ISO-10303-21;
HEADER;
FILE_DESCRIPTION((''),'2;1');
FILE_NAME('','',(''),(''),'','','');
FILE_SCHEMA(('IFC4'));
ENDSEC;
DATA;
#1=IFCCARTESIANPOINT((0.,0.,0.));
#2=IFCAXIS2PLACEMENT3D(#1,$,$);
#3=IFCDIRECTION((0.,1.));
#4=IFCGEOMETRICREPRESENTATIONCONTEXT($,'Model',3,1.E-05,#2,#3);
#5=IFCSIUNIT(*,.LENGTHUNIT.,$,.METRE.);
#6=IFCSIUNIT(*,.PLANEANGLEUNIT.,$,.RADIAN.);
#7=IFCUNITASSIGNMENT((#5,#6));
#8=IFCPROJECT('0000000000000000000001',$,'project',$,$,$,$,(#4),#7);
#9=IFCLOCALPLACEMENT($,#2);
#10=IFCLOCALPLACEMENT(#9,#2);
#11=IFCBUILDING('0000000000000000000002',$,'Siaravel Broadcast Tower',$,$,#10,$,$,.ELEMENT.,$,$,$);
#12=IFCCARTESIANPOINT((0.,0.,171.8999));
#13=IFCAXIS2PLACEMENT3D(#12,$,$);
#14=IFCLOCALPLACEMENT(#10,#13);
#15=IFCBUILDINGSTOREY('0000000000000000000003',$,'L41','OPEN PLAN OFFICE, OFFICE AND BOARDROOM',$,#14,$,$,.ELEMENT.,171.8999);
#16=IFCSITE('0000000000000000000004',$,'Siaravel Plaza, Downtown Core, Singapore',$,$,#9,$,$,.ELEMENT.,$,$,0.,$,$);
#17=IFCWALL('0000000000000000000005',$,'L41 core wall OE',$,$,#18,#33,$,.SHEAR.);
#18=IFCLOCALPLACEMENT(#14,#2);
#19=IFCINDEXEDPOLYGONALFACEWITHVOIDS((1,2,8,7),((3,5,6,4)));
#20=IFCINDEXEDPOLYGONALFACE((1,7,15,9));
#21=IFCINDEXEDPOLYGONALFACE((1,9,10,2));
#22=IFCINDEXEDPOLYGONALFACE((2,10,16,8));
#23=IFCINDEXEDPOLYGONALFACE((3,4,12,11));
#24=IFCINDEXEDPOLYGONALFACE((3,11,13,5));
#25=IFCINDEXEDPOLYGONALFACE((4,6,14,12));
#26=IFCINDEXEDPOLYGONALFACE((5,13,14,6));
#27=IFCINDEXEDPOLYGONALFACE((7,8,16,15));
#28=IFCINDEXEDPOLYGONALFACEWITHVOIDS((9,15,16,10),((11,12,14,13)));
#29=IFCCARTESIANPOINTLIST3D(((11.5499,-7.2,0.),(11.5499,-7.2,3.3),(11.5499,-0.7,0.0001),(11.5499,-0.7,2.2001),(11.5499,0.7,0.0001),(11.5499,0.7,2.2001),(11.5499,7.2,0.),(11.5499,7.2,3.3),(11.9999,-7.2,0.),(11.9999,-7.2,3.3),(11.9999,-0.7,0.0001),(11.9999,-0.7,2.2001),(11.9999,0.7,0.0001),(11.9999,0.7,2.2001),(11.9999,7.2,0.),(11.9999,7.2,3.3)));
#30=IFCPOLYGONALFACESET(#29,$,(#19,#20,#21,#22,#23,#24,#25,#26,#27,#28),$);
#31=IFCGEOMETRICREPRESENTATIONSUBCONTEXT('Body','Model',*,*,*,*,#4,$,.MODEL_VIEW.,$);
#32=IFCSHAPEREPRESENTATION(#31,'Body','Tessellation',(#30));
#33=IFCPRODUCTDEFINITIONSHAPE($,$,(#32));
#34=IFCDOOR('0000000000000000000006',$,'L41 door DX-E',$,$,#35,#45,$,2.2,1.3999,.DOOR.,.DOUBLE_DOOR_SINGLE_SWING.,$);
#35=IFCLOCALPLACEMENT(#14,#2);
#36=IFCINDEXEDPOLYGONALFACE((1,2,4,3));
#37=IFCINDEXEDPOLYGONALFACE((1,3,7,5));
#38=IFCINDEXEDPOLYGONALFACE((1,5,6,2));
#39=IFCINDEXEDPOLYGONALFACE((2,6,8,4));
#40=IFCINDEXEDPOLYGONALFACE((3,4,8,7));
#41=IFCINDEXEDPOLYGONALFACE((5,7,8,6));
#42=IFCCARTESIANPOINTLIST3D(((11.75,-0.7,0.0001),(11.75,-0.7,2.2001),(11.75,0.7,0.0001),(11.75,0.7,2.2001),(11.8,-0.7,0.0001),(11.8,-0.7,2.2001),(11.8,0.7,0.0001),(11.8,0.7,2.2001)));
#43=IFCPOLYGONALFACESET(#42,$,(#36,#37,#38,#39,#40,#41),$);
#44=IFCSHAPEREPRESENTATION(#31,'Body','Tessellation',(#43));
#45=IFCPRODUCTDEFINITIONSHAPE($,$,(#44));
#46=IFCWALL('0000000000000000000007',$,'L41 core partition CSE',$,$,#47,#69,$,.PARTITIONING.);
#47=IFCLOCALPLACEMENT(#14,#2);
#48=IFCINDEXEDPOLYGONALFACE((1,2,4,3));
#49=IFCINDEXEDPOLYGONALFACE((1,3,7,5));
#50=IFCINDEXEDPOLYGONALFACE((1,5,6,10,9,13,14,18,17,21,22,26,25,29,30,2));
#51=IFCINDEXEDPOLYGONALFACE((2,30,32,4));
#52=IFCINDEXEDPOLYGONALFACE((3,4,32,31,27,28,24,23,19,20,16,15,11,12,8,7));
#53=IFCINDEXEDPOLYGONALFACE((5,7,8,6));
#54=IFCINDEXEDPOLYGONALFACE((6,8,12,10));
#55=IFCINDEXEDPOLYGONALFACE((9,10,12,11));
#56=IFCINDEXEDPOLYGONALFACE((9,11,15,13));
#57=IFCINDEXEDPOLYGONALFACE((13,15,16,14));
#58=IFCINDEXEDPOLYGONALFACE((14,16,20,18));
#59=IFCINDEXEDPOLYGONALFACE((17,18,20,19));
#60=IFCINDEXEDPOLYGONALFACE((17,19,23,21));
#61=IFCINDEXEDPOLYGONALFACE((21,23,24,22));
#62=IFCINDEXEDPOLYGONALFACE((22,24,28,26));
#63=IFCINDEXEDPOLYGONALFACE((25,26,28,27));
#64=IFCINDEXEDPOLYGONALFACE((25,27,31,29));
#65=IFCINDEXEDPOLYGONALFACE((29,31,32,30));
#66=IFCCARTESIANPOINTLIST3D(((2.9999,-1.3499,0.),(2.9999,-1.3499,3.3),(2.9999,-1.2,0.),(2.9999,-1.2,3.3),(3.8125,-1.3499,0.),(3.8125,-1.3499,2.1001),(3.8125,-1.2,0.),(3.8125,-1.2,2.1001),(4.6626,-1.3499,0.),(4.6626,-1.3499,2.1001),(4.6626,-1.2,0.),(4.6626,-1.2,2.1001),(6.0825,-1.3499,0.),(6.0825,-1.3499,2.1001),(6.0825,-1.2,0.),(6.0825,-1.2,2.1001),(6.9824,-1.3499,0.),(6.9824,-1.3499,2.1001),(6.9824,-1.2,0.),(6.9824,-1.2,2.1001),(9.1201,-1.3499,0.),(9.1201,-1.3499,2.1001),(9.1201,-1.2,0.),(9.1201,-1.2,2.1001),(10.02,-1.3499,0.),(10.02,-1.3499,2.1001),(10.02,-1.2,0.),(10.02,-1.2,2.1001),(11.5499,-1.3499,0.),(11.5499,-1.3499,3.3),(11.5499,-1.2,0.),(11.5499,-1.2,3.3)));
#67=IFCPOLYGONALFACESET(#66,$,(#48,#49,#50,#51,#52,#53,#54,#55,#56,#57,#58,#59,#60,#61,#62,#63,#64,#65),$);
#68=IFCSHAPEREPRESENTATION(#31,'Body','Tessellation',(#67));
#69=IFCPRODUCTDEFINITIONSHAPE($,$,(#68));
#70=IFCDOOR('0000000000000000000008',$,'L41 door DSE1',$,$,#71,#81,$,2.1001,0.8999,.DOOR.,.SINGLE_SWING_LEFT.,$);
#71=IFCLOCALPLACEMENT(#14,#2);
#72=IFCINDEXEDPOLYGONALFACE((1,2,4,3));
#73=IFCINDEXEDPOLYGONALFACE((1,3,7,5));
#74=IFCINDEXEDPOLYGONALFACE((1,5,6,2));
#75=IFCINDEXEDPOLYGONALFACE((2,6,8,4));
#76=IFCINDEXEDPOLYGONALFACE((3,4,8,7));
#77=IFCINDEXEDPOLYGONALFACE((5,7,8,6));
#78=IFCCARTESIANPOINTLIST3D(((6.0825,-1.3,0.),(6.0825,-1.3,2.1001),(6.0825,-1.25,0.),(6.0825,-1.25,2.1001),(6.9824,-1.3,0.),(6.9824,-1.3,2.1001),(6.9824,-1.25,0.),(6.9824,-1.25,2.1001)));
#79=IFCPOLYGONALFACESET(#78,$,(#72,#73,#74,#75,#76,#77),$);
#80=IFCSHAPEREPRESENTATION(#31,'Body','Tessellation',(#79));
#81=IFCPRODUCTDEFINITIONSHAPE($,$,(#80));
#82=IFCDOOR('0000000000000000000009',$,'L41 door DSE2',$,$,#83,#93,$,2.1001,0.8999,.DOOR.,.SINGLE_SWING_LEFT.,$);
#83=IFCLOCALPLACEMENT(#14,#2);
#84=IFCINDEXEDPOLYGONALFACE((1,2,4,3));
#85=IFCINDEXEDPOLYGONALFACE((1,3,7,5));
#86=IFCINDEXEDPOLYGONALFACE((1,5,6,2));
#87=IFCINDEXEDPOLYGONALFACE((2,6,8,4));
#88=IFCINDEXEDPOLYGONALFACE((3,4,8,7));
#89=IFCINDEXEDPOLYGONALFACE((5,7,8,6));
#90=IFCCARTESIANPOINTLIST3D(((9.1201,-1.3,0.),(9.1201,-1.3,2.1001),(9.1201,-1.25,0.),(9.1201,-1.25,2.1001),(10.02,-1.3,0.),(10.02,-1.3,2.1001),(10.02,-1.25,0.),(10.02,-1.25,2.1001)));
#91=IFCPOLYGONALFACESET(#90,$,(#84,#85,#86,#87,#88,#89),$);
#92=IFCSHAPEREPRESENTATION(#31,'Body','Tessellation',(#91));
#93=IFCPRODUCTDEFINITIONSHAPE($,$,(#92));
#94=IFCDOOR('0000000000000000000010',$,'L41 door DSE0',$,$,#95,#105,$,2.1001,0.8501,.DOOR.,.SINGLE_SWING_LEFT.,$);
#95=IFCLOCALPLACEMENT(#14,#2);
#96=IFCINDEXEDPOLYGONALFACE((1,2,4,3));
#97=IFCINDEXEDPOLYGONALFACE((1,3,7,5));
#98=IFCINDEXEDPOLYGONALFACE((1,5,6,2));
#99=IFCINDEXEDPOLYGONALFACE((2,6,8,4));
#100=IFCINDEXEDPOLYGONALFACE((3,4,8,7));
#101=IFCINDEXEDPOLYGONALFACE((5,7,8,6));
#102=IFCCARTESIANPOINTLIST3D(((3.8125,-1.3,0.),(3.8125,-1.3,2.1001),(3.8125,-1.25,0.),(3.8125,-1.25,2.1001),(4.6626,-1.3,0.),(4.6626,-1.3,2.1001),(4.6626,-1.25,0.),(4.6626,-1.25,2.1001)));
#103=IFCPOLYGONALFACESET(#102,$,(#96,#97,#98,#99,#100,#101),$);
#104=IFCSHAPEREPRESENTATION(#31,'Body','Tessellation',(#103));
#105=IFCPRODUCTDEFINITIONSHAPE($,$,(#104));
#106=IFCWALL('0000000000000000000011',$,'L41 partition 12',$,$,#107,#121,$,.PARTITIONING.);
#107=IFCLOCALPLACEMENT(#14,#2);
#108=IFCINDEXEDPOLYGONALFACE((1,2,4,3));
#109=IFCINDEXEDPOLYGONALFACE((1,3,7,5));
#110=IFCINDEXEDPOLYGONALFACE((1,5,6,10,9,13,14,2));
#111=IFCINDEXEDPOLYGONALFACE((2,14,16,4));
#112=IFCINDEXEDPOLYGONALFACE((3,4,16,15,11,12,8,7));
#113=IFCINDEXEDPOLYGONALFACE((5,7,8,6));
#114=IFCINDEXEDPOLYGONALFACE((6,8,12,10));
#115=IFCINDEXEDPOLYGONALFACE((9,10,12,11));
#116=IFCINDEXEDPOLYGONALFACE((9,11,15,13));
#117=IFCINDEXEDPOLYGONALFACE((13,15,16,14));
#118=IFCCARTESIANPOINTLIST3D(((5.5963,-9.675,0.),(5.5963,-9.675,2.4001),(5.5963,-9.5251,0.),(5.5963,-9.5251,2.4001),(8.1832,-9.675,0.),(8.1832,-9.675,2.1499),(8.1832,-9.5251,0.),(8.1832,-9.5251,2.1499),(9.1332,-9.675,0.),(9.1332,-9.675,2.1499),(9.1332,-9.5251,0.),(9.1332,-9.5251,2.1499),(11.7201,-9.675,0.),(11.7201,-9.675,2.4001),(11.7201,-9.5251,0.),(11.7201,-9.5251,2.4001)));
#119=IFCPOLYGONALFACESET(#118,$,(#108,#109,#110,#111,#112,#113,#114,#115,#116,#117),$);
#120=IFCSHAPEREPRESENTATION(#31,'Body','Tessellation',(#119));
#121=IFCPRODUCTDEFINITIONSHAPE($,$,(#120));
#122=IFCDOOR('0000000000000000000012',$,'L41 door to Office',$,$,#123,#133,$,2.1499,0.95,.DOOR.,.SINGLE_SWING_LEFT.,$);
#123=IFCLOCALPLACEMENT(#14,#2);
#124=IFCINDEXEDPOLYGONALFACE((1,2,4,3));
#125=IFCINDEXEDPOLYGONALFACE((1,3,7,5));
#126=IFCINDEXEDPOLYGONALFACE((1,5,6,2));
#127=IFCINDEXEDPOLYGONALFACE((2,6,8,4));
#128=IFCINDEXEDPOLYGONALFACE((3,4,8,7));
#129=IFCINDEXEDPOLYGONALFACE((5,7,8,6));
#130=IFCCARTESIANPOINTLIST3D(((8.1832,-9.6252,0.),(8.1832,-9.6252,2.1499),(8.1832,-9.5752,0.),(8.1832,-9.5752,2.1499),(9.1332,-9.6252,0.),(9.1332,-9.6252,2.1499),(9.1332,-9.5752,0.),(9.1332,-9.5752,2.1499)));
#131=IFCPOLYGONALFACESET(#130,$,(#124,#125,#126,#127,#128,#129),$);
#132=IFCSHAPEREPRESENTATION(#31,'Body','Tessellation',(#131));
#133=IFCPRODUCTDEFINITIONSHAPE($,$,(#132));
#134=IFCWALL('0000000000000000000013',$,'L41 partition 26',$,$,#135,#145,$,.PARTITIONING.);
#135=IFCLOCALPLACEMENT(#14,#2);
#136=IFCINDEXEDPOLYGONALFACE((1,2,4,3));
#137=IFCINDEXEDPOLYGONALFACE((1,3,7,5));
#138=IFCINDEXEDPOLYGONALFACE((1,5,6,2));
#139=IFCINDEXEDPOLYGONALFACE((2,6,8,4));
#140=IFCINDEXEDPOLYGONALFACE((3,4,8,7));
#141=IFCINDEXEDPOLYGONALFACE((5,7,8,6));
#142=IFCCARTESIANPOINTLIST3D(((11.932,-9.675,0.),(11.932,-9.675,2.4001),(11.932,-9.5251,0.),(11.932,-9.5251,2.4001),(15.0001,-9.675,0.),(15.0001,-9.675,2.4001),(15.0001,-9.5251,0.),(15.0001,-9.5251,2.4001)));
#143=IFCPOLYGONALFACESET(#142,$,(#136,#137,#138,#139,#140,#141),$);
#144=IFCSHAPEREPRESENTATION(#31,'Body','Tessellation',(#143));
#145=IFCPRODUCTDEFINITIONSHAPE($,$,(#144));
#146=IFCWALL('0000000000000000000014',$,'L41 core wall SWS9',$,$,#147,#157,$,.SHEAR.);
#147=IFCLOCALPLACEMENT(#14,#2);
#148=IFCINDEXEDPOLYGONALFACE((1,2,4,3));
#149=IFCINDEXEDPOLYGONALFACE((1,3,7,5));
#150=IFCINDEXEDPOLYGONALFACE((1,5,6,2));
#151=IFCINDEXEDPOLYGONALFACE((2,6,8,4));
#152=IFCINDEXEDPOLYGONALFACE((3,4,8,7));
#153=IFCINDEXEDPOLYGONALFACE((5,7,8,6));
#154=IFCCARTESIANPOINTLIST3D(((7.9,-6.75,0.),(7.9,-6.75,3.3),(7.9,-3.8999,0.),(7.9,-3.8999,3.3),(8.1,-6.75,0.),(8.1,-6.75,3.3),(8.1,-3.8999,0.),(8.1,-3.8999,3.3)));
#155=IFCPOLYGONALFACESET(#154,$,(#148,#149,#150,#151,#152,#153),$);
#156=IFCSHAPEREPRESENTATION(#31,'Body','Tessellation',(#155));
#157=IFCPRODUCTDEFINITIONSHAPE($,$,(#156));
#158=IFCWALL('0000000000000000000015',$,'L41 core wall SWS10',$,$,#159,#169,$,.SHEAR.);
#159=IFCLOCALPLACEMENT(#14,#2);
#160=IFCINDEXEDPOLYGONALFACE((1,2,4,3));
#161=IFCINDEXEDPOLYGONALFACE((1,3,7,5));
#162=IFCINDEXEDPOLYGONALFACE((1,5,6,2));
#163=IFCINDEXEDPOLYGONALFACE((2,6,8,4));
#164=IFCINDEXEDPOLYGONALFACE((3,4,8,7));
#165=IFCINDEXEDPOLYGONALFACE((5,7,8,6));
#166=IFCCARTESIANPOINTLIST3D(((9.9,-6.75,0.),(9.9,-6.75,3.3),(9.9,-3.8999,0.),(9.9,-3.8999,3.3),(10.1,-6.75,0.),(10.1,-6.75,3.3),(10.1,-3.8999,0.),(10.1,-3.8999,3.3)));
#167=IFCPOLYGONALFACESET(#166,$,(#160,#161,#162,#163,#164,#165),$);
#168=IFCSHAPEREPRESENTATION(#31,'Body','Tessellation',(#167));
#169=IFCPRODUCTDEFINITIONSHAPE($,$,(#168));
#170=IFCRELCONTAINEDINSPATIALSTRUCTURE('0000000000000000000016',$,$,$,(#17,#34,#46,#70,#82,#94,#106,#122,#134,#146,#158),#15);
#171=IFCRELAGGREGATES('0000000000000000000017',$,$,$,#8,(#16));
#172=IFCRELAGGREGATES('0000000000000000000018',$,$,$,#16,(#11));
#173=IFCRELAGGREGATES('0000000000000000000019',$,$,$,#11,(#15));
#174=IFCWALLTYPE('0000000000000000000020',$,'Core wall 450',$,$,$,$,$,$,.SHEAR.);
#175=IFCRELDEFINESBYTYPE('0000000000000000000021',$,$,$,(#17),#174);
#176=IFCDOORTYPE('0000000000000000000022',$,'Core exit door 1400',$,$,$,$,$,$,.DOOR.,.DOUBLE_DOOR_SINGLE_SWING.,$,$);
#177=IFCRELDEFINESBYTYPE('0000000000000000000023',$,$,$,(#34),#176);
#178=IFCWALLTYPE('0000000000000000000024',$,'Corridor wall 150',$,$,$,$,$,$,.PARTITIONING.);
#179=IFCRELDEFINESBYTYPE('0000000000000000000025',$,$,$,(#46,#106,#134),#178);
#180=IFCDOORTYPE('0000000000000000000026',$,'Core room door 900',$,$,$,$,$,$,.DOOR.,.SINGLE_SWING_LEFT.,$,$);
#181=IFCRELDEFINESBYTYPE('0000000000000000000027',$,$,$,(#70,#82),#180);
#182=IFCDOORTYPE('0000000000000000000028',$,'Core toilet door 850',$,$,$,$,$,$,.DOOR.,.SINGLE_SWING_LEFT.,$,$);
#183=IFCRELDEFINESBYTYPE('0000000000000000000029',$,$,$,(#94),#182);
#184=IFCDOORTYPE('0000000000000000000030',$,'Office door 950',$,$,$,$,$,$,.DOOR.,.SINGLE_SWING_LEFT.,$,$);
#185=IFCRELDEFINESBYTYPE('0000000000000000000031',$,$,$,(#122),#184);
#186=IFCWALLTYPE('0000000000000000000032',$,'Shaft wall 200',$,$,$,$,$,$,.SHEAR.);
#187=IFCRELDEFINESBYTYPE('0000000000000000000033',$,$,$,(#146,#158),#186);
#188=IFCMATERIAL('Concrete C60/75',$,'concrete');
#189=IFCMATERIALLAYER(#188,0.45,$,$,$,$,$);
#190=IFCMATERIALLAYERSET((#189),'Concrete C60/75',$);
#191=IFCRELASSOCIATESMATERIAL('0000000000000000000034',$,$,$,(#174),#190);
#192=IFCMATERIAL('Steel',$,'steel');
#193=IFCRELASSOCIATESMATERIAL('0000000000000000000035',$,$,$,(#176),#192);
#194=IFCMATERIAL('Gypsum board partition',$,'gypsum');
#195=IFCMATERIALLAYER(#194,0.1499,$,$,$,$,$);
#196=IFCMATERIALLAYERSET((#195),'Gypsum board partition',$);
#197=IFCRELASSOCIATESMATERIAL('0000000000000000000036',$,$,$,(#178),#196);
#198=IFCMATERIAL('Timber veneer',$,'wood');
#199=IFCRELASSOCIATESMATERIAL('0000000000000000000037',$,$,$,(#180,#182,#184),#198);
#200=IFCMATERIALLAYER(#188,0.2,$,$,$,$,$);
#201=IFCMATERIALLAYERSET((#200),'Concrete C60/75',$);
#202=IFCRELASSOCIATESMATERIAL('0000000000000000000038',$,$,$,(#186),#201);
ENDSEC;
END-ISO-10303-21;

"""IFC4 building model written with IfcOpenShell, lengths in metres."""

from ifc_helpers import new_model, si_unit, direction, frame, frame_2d, origin, place, context, subcontext, project, spatial, rectangle, extrude, material, layer, layer_set, type_object, element, fill, save


model = new_model("IFC4")

# Units and contexts
model_context = context("Model", 3, precision=1e-05, world=origin(), true_north=direction((0.0, 1.0)))
body_context = subcontext(model_context, "Body", "Model", "MODEL_VIEW")
ifc_project = project(units=[si_unit("LENGTHUNIT", "METRE"), si_unit("PLANEANGLEUNIT", "RADIAN")], contexts=[model_context])

# Site, building, storey
site_placement = place(None, origin())
site = spatial("IfcSite", under=ifc_project, at=site_placement, Name="Siaravel Plaza, Downtown Core, Singapore", CompositionType="ELEMENT", RefElevation=0.0)
building_placement = place(site_placement, origin())
building = spatial("IfcBuilding", under=site, at=building_placement, Name="Siaravel Broadcast Tower", CompositionType="ELEMENT")
storey_placement = place(building_placement, frame((0.0, 0.0, 171.8999)))
storey = spatial("IfcBuildingStorey", under=building, at=storey_placement, Name="L41", Description="OPEN PLAN OFFICE, OFFICE AND BOARDROOM", CompositionType="ELEMENT", Elevation=171.8999)

# Shared definitions
ifc_material_1 = material(Name="Concrete C60/75", Category="concrete")

# Wall, opening, door
ifc_layer_1 = layer(ifc_material_1, 0.45)
ifc_layer_set_1 = layer_set([ifc_layer_1], Name="Concrete C60/75")
wall_type_1 = type_object("IfcWallType", Name="Core wall 450", PredefinedType="SHEAR", material=ifc_layer_set_1)
wall_1_placement = place(storey_placement, frame((11.7749, -7.2, 0.0), z_axis=(0.0, 0.0, 1.0), x_axis=(0.0, 1.0, 0.0)))
wall_1 = element("IfcWall", 1, at=wall_1_placement, inside=storey, type_object=wall_type_1, Name="L41 core wall OE", PredefinedType="SHEAR", context=body_context, shape_type="SweptSolid", body=[
    extrude(rectangle(XDim=14.3999, YDim=0.45, at=frame_2d((7.2, 0.0))), origin(), (0.0, 0.0, 1.0), 3.3),
])
opening_1_placement = place(wall_1_placement, frame((6.5, 0.0, 0.0)))
opening_1 = element("IfcOpeningElement", 2, at=opening_1_placement, cuts=wall_1, PredefinedType="OPENING", context=body_context, shape_type="SweptSolid", body=[
    extrude(rectangle(XDim=1.3999, YDim=2.2, at=frame_2d((0.7, 1.1001))), frame((0.0, 0.2349, 0.0), z_axis=(0.0, -1.0, 0.0), x_axis=(1.0, 0.0, 0.0)), (0.0, 0.0, 1.0), 0.47),
])
ifc_material_2 = material(Name="Steel", Category="steel")
door_type_1 = type_object("IfcDoorType", Name="Core exit door 1400", OperationType="DOUBLE_DOOR_SINGLE_SWING", PredefinedType="DOOR", material=ifc_material_2)
door_1_placement = place(opening_1_placement, origin())
door_1 = element("IfcDoor", 3, at=door_1_placement, inside=storey, type_object=door_type_1, Name="L41 door DX-E", OperationType="DOUBLE_DOOR_SINGLE_SWING", OverallHeight=2.2, OverallWidth=1.3999, PredefinedType="DOOR", context=body_context, shape_type="SweptSolid", body=[
    extrude(rectangle(XDim=1.3999, YDim=2.2, at=frame_2d((0.7, 1.1001))), frame((0.0, 0.0249, 0.0), z_axis=(0.0, -1.0, 0.0), x_axis=(1.0, 0.0, 0.0)), (0.0, 0.0, 1.0), 0.05),
])
fill(opening_1, door_1)

# Wall, openings, doors
ifc_material_3 = material(Name="Gypsum board partition", Category="gypsum")
ifc_layer_2 = layer(ifc_material_3, 0.1499)
ifc_layer_set_2 = layer_set([ifc_layer_2], Name="Gypsum board partition")
wall_type_2 = type_object("IfcWallType", Name="Corridor wall 150", PredefinedType="PARTITIONING", material=ifc_layer_set_2)
wall_2_placement = place(storey_placement, frame((3.0, -1.2749, 0.0), z_axis=(0.0, 0.0, 1.0), x_axis=(1.0, 0.0, 0.0)))
wall_2 = element("IfcWall", 4, at=wall_2_placement, inside=storey, type_object=wall_type_2, Name="L41 core partition CSE", PredefinedType="PARTITIONING", context=body_context, shape_type="SweptSolid", body=[
    extrude(rectangle(XDim=8.55, YDim=0.1499, at=frame_2d((4.2749, 0.0))), origin(), (0.0, 0.0, 1.0), 3.3),
])
opening_2_placement = place(wall_2_placement, frame((0.8125, 0.0, 0.0)))
opening_2 = element("IfcOpeningElement", 5, at=opening_2_placement, cuts=wall_2, PredefinedType="OPENING", context=body_context, shape_type="SweptSolid", body=[
    extrude(rectangle(XDim=0.8501, YDim=2.1001, at=frame_2d((0.425, 1.05))), frame((0.0, 0.085, 0.0), z_axis=(0.0, -1.0, 0.0), x_axis=(1.0, 0.0, 0.0)), (0.0, 0.0, 1.0), 0.1699),
])
opening_3_placement = place(wall_2_placement, frame((3.0825, 0.0, 0.0)))
opening_3 = element("IfcOpeningElement", 6, at=opening_3_placement, cuts=wall_2, PredefinedType="OPENING", context=body_context, shape_type="SweptSolid", body=[
    extrude(rectangle(XDim=0.8999, YDim=2.1001, at=frame_2d((0.45, 1.05))), frame((0.0, 0.085, 0.0), z_axis=(0.0, -1.0, 0.0), x_axis=(1.0, 0.0, 0.0)), (0.0, 0.0, 1.0), 0.1699),
])
opening_4_placement = place(wall_2_placement, frame((6.1201, 0.0, 0.0)))
opening_4 = element("IfcOpeningElement", 7, at=opening_4_placement, cuts=wall_2, PredefinedType="OPENING", context=body_context, shape_type="SweptSolid", body=[
    extrude(rectangle(XDim=0.8999, YDim=2.1001, at=frame_2d((0.45, 1.05))), frame((0.0, 0.085, 0.0), z_axis=(0.0, -1.0, 0.0), x_axis=(1.0, 0.0, 0.0)), (0.0, 0.0, 1.0), 0.1699),
])
ifc_material_4 = material(Name="Timber veneer", Category="wood")
door_type_2 = type_object("IfcDoorType", Name="Core room door 900", OperationType="SINGLE_SWING_LEFT", PredefinedType="DOOR", material=ifc_material_4)
door_2_placement = place(opening_3_placement, origin())
door_2 = element("IfcDoor", 8, at=door_2_placement, inside=storey, type_object=door_type_2, Name="L41 door DSE1", OperationType="SINGLE_SWING_LEFT", OverallHeight=2.1001, OverallWidth=0.8999, PredefinedType="DOOR", context=body_context, shape_type="SweptSolid", body=[
    extrude(rectangle(XDim=0.8999, YDim=2.1001, at=frame_2d((0.45, 1.05))), frame((0.0, 0.0249, 0.0), z_axis=(0.0, -1.0, 0.0), x_axis=(1.0, 0.0, 0.0)), (0.0, 0.0, 1.0), 0.05),
])
fill(opening_3, door_2)
door_3_placement = place(opening_4_placement, origin())
door_3 = element("IfcDoor", 9, at=door_3_placement, inside=storey, type_object=door_type_2, Name="L41 door DSE2", OperationType="SINGLE_SWING_LEFT", OverallHeight=2.1001, OverallWidth=0.8999, PredefinedType="DOOR", context=body_context, shape_type="SweptSolid", body=[
    extrude(rectangle(XDim=0.8999, YDim=2.1001, at=frame_2d((0.45, 1.05))), frame((0.0, 0.0249, 0.0), z_axis=(0.0, -1.0, 0.0), x_axis=(1.0, 0.0, 0.0)), (0.0, 0.0, 1.0), 0.05),
])
fill(opening_4, door_3)
door_type_3 = type_object("IfcDoorType", Name="Core toilet door 850", OperationType="SINGLE_SWING_LEFT", PredefinedType="DOOR", material=ifc_material_4)
door_4_placement = place(opening_2_placement, origin())
door_4 = element("IfcDoor", 10, at=door_4_placement, inside=storey, type_object=door_type_3, Name="L41 door DSE0", OperationType="SINGLE_SWING_LEFT", OverallHeight=2.1001, OverallWidth=0.8501, PredefinedType="DOOR", context=body_context, shape_type="SweptSolid", body=[
    extrude(rectangle(XDim=0.8501, YDim=2.1001, at=frame_2d((0.425, 1.05))), frame((0.0, 0.0249, 0.0), z_axis=(0.0, -1.0, 0.0), x_axis=(1.0, 0.0, 0.0)), (0.0, 0.0, 1.0), 0.05),
])
fill(opening_2, door_4)

# Wall, opening, door
wall_3_placement = place(storey_placement, frame((5.5962, -9.6001, 0.0), z_axis=(0.0, 0.0, 1.0), x_axis=(1.0, 0.0, 0.0)))
wall_3 = element("IfcWall", 11, at=wall_3_placement, inside=storey, type_object=wall_type_2, Name="L41 partition 12", PredefinedType="PARTITIONING", context=body_context, shape_type="SweptSolid", body=[
    extrude(rectangle(XDim=6.1238, YDim=0.1499, at=frame_2d((3.062, 0.0))), origin(), (0.0, 0.0, 1.0), 2.4001),
])
opening_5_placement = place(wall_3_placement, frame((2.5869, 0.0, 0.0)))
opening_5 = element("IfcOpeningElement", 12, at=opening_5_placement, cuts=wall_3, PredefinedType="OPENING", context=body_context, shape_type="SweptSolid", body=[
    extrude(rectangle(XDim=0.95, YDim=2.1499, at=frame_2d((0.4751, 1.075))), frame((0.0, 0.085, 0.0), z_axis=(0.0, -1.0, 0.0), x_axis=(1.0, 0.0, 0.0)), (0.0, 0.0, 1.0), 0.1699),
])
door_type_4 = type_object("IfcDoorType", Name="Office door 950", OperationType="SINGLE_SWING_LEFT", PredefinedType="DOOR", material=ifc_material_4)
door_5_placement = place(opening_5_placement, origin())
door_5 = element("IfcDoor", 13, at=door_5_placement, inside=storey, type_object=door_type_4, Name="L41 door to Office", OperationType="SINGLE_SWING_LEFT", OverallHeight=2.1499, OverallWidth=0.95, PredefinedType="DOOR", context=body_context, shape_type="SweptSolid", body=[
    extrude(rectangle(XDim=0.95, YDim=2.1499, at=frame_2d((0.4751, 1.075))), frame((0.0, 0.0249, 0.0), z_axis=(0.0, -1.0, 0.0), x_axis=(1.0, 0.0, 0.0)), (0.0, 0.0, 1.0), 0.05),
])
fill(opening_5, door_5)

# Walls
wall_4_placement = place(storey_placement, frame((11.9319, -9.6001, 0.0), z_axis=(0.0, 0.0, 1.0), x_axis=(1.0, 0.0, 0.0)))
element("IfcWall", 14, at=wall_4_placement, inside=storey, type_object=wall_type_2, Name="L41 partition 26", PredefinedType="PARTITIONING", context=body_context, shape_type="SweptSolid", body=[
    extrude(rectangle(XDim=3.0681, YDim=0.1499, at=frame_2d((1.5342, 0.0))), origin(), (0.0, 0.0, 1.0), 2.4001),
])
ifc_layer_3 = layer(ifc_material_1, 0.2)
ifc_layer_set_3 = layer_set([ifc_layer_3], Name="Concrete C60/75")
wall_type_3 = type_object("IfcWallType", Name="Shaft wall 200", PredefinedType="SHEAR", material=ifc_layer_set_3)
for number, where, z_axis, x_axis, name in (
    (15, (8.0, -6.75, 0.0), (0.0, 0.0, 1.0), (0.0, 1.0, 0.0), "L41 core wall SWS9"),
    (16, (10.0, -6.75, 0.0), (0.0, 0.0, 1.0), (0.0, 1.0, 0.0), "L41 core wall SWS10"),
):
    element("IfcWall", number, at=place(storey_placement, frame(where, z_axis=z_axis, x_axis=x_axis)), inside=storey, type_object=wall_type_3, Name=name, PredefinedType="SHEAR", context=body_context, shape_type="SweptSolid", body=[
        extrude(rectangle(XDim=2.8501, YDim=0.2, at=frame_2d((1.425, 0.0))), origin(), (0.0, 0.0, 1.0), 3.3),
    ])

save(model, "model.ifc")
